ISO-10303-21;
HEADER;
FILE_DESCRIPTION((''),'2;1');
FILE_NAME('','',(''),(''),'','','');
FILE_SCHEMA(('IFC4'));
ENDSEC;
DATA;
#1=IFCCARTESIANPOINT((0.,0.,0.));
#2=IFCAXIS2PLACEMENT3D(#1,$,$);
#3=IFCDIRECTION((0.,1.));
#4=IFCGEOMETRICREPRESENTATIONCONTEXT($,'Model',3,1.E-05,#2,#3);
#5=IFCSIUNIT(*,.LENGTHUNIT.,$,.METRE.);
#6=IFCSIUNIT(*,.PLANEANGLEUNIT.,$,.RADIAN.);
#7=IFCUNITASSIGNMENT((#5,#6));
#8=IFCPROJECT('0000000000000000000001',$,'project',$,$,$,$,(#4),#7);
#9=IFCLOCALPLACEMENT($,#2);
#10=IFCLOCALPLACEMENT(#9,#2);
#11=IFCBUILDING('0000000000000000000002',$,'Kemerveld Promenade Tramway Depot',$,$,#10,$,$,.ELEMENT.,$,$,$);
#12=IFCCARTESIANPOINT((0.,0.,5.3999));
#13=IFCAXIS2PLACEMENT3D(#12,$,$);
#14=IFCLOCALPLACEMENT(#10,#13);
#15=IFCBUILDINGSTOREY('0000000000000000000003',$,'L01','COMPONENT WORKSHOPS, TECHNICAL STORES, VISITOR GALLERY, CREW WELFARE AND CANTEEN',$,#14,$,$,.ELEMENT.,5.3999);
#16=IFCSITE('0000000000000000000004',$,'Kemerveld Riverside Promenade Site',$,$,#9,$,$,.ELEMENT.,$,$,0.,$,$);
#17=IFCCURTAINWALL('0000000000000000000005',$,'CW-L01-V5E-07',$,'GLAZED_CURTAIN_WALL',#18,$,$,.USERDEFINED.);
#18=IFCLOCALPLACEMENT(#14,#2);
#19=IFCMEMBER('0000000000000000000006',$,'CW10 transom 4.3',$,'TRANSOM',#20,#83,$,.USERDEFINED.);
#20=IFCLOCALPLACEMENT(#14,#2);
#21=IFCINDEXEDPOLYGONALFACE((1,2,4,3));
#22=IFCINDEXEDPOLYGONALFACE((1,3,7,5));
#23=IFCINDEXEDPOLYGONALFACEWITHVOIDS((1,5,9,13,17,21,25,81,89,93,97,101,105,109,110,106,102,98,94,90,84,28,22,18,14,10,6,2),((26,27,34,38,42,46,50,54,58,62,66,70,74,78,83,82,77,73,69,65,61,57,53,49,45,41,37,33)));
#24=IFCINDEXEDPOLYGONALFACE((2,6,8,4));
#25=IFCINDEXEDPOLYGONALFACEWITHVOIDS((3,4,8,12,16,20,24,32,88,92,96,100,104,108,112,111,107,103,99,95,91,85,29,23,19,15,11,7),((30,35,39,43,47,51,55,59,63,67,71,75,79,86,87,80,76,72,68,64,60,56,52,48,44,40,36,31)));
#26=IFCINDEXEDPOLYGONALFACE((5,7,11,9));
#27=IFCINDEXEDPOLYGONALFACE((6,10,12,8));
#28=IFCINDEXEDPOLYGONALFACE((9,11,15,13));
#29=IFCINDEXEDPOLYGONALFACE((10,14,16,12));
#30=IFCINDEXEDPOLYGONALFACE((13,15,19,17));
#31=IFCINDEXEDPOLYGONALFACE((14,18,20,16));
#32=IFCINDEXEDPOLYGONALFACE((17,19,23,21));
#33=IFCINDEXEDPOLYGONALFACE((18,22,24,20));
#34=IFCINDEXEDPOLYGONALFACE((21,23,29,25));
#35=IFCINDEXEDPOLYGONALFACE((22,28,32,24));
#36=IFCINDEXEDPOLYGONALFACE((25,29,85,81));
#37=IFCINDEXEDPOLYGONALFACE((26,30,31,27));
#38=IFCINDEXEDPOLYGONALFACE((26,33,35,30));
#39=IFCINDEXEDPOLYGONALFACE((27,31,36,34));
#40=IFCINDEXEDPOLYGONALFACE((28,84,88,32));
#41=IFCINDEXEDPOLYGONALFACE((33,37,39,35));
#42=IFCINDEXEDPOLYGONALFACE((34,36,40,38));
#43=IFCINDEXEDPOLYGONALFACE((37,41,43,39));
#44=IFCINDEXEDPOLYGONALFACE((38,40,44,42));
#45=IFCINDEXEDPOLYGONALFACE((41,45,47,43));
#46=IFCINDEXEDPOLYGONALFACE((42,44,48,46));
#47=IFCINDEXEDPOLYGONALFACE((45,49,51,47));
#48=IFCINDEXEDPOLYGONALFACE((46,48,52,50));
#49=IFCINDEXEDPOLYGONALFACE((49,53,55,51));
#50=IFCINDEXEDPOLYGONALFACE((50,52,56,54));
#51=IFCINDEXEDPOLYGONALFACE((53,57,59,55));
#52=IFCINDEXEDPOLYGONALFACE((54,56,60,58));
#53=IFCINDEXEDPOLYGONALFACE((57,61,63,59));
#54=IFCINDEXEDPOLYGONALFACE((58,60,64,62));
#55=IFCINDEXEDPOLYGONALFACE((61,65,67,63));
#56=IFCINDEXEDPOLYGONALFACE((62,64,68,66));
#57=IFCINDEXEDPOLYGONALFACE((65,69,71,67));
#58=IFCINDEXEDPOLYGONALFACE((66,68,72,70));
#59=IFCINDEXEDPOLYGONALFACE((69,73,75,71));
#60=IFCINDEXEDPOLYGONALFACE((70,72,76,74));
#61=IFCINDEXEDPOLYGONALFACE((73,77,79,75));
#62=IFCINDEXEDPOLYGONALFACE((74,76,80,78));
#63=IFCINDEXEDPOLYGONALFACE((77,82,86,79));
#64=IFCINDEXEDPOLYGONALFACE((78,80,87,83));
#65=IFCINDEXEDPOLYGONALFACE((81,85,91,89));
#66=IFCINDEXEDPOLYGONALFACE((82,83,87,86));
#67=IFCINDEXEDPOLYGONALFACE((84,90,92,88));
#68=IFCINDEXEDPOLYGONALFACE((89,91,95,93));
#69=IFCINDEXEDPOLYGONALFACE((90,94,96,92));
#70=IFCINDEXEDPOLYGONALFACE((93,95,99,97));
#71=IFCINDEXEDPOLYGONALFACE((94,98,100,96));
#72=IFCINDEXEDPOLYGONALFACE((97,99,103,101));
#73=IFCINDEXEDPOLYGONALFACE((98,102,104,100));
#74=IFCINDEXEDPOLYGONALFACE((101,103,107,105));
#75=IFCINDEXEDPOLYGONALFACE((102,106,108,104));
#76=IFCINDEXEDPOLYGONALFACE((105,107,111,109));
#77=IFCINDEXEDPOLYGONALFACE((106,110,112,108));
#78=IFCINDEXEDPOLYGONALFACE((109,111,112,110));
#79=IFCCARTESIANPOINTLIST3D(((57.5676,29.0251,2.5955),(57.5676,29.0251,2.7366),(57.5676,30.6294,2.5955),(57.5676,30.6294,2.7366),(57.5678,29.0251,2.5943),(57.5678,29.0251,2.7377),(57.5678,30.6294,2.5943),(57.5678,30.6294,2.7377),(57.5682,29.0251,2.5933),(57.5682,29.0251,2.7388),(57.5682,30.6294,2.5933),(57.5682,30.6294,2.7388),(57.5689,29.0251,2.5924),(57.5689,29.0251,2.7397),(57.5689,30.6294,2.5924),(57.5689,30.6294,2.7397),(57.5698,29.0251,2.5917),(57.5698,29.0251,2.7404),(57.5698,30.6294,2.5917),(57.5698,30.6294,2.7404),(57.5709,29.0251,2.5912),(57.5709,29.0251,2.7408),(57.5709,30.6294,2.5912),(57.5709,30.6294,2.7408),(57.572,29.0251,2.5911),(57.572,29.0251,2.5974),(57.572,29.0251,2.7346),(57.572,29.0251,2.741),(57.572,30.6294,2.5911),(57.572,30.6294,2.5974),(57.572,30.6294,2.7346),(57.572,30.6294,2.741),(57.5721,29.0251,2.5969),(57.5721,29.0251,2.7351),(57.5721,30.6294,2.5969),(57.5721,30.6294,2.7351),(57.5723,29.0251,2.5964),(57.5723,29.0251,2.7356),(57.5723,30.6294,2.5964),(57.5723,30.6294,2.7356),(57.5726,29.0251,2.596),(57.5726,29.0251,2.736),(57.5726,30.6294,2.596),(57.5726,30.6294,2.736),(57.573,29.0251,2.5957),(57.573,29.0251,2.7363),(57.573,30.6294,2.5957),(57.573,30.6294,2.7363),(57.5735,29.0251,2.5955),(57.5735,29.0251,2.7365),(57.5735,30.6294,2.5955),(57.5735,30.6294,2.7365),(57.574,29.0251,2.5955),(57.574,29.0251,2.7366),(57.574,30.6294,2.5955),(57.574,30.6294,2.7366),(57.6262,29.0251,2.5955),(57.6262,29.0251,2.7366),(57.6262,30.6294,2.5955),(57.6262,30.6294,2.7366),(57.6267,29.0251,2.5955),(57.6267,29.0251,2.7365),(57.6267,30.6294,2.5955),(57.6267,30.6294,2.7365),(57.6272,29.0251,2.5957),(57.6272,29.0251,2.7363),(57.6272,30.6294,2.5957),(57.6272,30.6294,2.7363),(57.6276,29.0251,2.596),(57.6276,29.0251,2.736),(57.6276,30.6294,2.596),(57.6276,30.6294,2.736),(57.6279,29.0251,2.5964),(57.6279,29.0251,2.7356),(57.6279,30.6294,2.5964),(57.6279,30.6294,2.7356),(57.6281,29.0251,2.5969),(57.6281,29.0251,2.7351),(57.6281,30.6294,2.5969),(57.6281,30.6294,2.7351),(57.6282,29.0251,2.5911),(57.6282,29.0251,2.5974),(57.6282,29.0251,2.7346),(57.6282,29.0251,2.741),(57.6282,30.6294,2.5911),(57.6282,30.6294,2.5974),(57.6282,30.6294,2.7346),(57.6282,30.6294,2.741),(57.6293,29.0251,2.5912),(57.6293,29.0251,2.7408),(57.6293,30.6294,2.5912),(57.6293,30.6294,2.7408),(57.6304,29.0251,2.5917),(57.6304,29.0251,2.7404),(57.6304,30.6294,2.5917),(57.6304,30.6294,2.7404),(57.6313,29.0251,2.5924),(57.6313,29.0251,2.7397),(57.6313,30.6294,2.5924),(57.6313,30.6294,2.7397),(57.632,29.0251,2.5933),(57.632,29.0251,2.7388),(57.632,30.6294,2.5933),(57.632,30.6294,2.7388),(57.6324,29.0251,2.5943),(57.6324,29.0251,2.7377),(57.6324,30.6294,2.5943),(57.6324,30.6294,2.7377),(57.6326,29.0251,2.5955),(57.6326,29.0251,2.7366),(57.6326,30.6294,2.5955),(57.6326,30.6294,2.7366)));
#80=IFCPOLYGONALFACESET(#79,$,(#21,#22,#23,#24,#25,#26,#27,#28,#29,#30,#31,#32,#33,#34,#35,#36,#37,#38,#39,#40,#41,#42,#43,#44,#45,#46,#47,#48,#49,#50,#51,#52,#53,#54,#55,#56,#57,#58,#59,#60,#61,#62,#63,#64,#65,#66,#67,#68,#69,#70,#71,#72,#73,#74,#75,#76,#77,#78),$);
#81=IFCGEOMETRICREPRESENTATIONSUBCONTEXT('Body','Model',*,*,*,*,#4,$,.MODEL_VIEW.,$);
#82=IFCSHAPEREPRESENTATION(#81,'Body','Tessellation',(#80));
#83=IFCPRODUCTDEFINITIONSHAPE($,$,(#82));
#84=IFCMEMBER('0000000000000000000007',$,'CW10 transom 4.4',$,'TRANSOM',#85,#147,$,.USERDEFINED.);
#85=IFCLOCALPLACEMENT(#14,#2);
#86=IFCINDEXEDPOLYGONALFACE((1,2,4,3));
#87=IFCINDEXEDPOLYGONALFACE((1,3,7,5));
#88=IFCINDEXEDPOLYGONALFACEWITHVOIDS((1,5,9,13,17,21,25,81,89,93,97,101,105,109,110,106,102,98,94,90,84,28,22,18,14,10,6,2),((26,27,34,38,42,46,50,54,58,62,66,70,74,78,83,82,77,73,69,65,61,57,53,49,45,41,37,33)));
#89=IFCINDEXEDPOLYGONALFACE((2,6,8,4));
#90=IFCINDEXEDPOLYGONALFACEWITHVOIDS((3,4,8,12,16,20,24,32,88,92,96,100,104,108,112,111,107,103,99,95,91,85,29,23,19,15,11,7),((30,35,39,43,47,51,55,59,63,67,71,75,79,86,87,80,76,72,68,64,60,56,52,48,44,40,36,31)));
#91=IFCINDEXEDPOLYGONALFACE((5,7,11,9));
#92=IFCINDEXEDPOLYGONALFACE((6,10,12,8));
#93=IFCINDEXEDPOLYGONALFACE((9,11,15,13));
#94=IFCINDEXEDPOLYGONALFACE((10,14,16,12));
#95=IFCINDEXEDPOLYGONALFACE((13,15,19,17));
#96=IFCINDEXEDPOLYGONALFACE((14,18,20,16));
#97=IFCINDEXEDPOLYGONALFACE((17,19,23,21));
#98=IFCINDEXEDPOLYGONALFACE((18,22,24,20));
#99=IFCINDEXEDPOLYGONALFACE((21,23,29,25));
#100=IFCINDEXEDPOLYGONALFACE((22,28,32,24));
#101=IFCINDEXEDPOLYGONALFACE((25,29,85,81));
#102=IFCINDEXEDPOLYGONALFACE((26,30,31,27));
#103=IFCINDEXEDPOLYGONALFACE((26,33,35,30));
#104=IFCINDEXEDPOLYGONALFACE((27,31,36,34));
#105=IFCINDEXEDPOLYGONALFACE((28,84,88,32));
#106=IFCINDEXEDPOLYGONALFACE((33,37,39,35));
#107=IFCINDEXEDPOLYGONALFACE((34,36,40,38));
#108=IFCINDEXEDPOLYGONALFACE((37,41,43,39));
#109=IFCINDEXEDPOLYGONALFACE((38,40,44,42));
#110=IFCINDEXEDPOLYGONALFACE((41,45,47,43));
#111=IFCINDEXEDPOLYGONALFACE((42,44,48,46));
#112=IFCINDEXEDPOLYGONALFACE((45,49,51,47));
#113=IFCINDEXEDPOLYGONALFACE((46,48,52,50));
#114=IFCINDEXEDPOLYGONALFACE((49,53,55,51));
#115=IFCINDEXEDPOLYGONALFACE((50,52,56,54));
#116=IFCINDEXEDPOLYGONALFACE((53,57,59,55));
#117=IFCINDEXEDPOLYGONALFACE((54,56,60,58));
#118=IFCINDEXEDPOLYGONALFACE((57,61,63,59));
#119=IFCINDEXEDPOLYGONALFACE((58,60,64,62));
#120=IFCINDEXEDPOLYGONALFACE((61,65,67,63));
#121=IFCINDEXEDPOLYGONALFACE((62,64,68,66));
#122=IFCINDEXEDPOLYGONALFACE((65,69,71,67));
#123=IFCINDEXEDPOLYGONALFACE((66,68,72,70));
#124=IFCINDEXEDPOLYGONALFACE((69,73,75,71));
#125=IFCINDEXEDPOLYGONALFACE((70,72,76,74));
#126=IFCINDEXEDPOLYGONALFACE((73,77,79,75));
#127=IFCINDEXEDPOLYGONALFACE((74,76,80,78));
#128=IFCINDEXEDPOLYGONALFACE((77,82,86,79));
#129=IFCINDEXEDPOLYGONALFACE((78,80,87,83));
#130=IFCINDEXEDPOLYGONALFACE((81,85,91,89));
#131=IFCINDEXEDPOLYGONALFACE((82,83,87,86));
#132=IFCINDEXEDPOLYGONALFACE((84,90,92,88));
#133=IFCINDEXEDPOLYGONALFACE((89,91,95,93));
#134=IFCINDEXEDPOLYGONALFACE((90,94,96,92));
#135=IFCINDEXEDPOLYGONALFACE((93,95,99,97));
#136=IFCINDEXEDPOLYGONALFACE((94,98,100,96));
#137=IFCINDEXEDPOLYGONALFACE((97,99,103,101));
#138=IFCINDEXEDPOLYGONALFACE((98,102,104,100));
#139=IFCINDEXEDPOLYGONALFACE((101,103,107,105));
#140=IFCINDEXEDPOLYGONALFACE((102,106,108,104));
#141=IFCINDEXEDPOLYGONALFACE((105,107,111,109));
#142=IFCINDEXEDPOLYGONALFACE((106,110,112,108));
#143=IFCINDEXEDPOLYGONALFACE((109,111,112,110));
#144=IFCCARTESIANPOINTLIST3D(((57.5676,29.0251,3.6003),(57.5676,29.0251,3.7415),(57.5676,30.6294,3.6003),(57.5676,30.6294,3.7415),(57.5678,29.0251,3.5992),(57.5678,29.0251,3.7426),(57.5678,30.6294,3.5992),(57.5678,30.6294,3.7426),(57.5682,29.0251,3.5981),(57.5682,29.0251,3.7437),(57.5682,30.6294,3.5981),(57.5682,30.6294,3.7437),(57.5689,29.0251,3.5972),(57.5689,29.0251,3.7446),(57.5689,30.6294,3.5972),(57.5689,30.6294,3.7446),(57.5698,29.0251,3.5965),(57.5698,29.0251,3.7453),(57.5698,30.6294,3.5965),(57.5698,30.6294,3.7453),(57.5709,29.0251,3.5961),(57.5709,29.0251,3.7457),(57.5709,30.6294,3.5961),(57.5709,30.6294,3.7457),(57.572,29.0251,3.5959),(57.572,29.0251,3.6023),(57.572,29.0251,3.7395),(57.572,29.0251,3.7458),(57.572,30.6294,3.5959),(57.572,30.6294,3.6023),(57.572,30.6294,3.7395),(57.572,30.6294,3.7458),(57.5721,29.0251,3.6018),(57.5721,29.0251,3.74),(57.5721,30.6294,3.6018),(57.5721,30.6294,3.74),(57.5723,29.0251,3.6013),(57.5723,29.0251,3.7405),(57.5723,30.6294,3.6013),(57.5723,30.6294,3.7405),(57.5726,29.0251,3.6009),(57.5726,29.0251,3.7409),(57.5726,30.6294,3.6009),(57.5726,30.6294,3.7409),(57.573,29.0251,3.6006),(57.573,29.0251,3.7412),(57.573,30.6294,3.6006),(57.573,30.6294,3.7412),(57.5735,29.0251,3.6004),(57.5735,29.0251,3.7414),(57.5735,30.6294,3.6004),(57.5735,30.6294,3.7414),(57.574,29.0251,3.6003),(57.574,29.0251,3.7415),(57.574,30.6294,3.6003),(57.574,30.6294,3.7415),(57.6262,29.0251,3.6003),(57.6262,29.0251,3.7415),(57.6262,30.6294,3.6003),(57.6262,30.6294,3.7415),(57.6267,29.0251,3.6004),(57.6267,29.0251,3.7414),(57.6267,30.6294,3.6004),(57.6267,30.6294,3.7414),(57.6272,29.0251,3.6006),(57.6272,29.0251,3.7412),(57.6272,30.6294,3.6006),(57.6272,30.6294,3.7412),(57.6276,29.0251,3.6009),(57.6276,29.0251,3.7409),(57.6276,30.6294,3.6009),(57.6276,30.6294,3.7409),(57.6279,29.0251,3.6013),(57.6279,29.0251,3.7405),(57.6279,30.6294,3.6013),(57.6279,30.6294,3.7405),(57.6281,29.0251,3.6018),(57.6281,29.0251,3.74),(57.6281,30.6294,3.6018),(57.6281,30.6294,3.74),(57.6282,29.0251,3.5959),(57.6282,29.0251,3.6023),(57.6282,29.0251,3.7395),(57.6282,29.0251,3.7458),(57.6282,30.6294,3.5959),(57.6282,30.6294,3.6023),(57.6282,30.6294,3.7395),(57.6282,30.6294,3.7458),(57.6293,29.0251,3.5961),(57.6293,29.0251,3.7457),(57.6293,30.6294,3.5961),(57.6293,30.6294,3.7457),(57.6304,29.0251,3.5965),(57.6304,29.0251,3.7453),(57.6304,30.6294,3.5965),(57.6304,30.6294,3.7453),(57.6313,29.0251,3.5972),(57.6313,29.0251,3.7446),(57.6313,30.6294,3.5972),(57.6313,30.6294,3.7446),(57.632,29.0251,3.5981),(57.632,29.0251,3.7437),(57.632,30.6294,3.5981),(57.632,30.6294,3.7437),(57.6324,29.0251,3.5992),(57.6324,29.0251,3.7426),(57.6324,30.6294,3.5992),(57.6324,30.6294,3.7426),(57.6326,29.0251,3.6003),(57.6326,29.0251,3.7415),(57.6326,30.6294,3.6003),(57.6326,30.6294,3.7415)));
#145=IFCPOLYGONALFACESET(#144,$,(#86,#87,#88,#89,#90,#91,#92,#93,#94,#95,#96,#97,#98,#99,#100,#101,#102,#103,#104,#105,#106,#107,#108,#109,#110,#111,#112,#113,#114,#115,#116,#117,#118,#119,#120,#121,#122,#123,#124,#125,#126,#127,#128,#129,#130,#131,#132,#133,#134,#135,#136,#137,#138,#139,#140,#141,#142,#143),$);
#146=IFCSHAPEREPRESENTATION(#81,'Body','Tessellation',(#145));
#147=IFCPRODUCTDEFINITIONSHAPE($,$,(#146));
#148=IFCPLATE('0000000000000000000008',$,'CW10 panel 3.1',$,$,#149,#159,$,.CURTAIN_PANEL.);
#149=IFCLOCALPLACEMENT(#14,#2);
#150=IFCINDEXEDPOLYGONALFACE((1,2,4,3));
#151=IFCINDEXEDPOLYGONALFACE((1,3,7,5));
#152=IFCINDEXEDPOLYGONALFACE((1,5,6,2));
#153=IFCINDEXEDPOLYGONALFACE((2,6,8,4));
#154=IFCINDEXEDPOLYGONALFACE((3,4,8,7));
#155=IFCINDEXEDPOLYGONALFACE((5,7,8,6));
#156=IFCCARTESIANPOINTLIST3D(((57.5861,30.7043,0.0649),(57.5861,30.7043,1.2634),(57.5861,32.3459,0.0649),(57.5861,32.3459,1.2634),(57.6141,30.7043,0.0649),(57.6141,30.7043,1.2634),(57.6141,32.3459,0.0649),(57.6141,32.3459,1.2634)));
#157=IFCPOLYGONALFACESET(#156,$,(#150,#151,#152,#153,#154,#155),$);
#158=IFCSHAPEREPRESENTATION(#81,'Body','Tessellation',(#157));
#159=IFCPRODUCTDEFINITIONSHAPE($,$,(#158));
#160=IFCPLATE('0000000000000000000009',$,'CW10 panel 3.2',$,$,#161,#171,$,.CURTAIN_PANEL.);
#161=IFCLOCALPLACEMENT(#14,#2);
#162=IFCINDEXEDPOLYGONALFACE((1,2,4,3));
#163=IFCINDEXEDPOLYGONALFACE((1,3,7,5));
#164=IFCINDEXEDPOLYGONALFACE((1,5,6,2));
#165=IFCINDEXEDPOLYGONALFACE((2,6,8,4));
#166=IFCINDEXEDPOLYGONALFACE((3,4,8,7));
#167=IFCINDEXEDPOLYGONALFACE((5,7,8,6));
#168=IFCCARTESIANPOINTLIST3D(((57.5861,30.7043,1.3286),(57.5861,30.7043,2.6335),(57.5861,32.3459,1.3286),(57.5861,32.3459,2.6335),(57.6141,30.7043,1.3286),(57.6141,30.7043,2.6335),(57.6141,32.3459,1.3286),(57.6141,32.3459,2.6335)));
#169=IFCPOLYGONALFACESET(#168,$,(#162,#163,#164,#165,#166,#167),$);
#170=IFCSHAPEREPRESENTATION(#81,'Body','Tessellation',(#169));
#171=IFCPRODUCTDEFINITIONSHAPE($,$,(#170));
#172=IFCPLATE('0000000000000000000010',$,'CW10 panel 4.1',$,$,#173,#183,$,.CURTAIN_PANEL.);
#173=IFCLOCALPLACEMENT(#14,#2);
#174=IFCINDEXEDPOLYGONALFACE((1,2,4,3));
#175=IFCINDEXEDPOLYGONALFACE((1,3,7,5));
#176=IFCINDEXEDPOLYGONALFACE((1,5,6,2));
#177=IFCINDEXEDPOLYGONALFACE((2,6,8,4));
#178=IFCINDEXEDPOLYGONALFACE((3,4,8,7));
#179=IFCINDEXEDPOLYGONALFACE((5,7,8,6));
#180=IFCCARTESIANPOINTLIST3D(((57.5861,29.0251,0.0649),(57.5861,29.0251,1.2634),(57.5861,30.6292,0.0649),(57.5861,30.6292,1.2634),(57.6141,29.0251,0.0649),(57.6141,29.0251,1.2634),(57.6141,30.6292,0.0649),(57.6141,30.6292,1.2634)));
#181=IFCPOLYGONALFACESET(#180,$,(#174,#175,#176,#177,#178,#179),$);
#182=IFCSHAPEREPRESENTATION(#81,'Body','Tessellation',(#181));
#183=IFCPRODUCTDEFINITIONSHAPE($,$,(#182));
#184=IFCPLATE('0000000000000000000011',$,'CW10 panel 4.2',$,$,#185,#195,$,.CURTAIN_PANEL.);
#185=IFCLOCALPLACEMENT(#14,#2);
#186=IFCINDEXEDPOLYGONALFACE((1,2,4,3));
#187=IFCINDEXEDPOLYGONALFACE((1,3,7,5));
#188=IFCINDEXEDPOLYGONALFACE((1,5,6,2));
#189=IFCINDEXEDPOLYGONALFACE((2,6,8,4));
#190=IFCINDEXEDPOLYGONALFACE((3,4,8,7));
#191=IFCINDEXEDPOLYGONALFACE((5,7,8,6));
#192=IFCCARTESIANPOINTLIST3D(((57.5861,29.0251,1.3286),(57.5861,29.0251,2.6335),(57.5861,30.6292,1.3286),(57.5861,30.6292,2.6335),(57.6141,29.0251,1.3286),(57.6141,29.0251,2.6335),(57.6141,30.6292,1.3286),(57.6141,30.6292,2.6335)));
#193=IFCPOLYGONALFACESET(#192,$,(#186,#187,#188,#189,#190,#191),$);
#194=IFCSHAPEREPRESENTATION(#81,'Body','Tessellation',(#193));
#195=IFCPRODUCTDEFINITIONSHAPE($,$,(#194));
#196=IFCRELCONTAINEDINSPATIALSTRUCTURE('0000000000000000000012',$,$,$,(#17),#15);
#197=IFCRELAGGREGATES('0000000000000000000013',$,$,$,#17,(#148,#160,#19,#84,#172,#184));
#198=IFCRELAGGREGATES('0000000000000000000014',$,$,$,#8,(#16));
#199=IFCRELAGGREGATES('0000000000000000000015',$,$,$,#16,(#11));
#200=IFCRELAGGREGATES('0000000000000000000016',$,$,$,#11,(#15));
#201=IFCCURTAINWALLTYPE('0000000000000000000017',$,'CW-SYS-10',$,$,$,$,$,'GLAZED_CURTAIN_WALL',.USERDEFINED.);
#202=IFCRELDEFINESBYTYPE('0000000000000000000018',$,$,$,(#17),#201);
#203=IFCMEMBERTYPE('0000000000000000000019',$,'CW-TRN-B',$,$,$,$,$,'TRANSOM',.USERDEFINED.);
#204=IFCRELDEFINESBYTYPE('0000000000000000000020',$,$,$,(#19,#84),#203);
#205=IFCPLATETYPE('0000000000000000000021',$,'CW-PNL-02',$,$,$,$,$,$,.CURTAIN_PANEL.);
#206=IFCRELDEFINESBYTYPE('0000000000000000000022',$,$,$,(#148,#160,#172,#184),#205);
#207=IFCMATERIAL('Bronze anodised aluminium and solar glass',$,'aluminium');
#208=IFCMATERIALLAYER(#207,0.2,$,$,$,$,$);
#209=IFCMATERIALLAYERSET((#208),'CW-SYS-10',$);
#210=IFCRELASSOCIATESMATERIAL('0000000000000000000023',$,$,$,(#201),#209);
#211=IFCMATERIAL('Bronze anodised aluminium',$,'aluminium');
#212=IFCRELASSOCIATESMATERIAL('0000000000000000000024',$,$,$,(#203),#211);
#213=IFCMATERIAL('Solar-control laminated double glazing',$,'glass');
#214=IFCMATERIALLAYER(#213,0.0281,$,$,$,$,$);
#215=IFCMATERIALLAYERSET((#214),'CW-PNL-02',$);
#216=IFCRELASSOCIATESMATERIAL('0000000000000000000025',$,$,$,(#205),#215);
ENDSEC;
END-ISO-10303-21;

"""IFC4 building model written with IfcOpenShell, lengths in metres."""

from ifc_helpers import new_model, si_unit, direction, frame, origin, origin_2d, place, context, subcontext, project, spatial, rectangle, hollow_rectangle, extrude, material, layer, layer_set, material_profile, profile_set, type_object, element, aggregate, save


model = new_model("IFC4")

# Units and contexts
model_context = context("Model", 3, precision=1e-05, world=origin(), true_north=direction((0.0, 1.0)))
body_context = subcontext(model_context, "Body", "Model", "MODEL_VIEW")
ifc_project = project(units=[si_unit("LENGTHUNIT", "METRE"), si_unit("PLANEANGLEUNIT", "RADIAN")], contexts=[model_context])

# Site, building, storey
site_placement = place(None, origin())
site = spatial("IfcSite", under=ifc_project, at=site_placement, Name="Kemerveld Riverside Promenade Site", CompositionType="ELEMENT", RefElevation=0.0)
building_placement = place(site_placement, origin())
building = spatial("IfcBuilding", under=site, at=building_placement, Name="Kemerveld Promenade Tramway Depot", CompositionType="ELEMENT")
storey_placement = place(building_placement, frame((0.0, 0.0, 5.3999)))
storey = spatial("IfcBuildingStorey", under=building, at=storey_placement, Name="L01", Description="COMPONENT WORKSHOPS, TECHNICAL STORES, VISITOR GALLERY, CREW WELFARE AND CANTEEN", CompositionType="ELEMENT", Elevation=5.3999)

# Curtain wall, members, plates
ifc_material_1 = material(Name="Bronze anodised aluminium and solar glass", Category="aluminium")
ifc_layer_1 = layer(ifc_material_1, 0.2)
ifc_layer_set_1 = layer_set([ifc_layer_1], Name="CW-SYS-10")
curtain_wall_type = type_object("IfcCurtainWallType", Name="CW-SYS-10", ElementType="GLAZED_CURTAIN_WALL", PredefinedType="USERDEFINED", material=ifc_layer_set_1)
curtain_wall_placement = place(storey_placement, origin())
curtain_wall = element("IfcCurtainWall", 1, at=curtain_wall_placement, inside=storey, type_object=curtain_wall_type, Name="CW-L01-V5E-07", ObjectType="GLAZED_CURTAIN_WALL", PredefinedType="USERDEFINED")
ifc_material_2 = material(Name="Bronze anodised aluminium", Category="aluminium")
ifc_material_profile_1 = material_profile(ifc_material_2, hollow_rectangle(XDim=0.0649, YDim=0.1499, WallThickness=0.0044, InnerFilletRadius=0.002, OuterFilletRadius=0.0044, at=origin_2d()), Name="CW-TRN-150x65")
ifc_profile_set_1 = profile_set([ifc_material_profile_1], Name="Bronze anodised aluminium")
member_type_1 = type_object("IfcMemberType", Name="CW-TRN-B", ElementType="TRANSOM", PredefinedType="USERDEFINED", material=ifc_profile_set_1)
member_1_placement = place(storey_placement, frame((57.6001, 30.6294, 2.666), z_axis=(0.0, -1.0, 0.0), x_axis=(1.0, 0.0, 0.0)))
member_1 = element("IfcMember", 2, at=member_1_placement, type_object=member_type_1, Name="CW10 transom 4.3", ObjectType="TRANSOM", PredefinedType="USERDEFINED", context=body_context, shape_type="SweptSolid", body=[
    extrude(hollow_rectangle(XDim=0.0649, YDim=0.1499, WallThickness=0.0044, InnerFilletRadius=0.002, OuterFilletRadius=0.0044, at=origin_2d()), origin(), (0.0, 0.0, 1.0), 1.6042),
])
member_2_placement = place(storey_placement, frame((57.6001, 30.6294, 3.6709), z_axis=(0.0, -1.0, 0.0), x_axis=(1.0, 0.0, 0.0)))
member_2 = element("IfcMember", 3, at=member_2_placement, type_object=member_type_1, Name="CW10 transom 4.4", ObjectType="TRANSOM", PredefinedType="USERDEFINED", context=body_context, shape_type="SweptSolid", body=[
    extrude(hollow_rectangle(XDim=0.0649, YDim=0.1499, WallThickness=0.0044, InnerFilletRadius=0.002, OuterFilletRadius=0.0044, at=origin_2d()), origin(), (0.0, 0.0, 1.0), 1.6042),
])
ifc_material_3 = material(Name="Solar-control laminated double glazing", Category="glass")
ifc_layer_2 = layer(ifc_material_3, 0.0281)
ifc_layer_set_2 = layer_set([ifc_layer_2], Name="CW-PNL-02")
plate_type = type_object("IfcPlateType", Name="CW-PNL-02", PredefinedType="CURTAIN_PANEL", material=ifc_layer_set_2)
plate_1_placement = place(storey_placement, frame((57.6001, 31.5251, 0.0649), z_axis=(0.0, 0.0, 1.0), x_axis=(0.0, -1.0, 0.0)))
plate_1 = element("IfcPlate", 4, at=plate_1_placement, type_object=plate_type, Name="CW10 panel 3.1", PredefinedType="CURTAIN_PANEL", context=body_context, shape_type="SweptSolid", body=[
    extrude(rectangle(XDim=1.6416, YDim=0.0281, at=origin_2d()), origin(), (0.0, 0.0, 1.0), 1.1985),
])
plate_2_placement = place(storey_placement, frame((57.6001, 31.5251, 1.3286), z_axis=(0.0, 0.0, 1.0), x_axis=(0.0, -1.0, 0.0)))
plate_2 = element("IfcPlate", 5, at=plate_2_placement, type_object=plate_type, Name="CW10 panel 3.2", PredefinedType="CURTAIN_PANEL", context=body_context, shape_type="SweptSolid", body=[
    extrude(rectangle(XDim=1.6416, YDim=0.0281, at=origin_2d()), origin(), (0.0, 0.0, 1.0), 1.3049),
])
plate_3_placement = place(storey_placement, frame((57.6001, 29.8271, 0.0649), z_axis=(0.0, 0.0, 1.0), x_axis=(0.0, -1.0, 0.0)))
plate_3 = element("IfcPlate", 6, at=plate_3_placement, type_object=plate_type, Name="CW10 panel 4.1", PredefinedType="CURTAIN_PANEL", context=body_context, shape_type="SweptSolid", body=[
    extrude(rectangle(XDim=1.604, YDim=0.0281, at=origin_2d()), origin(), (0.0, 0.0, 1.0), 1.1985),
])
plate_4_placement = place(storey_placement, frame((57.6001, 29.8271, 1.3286), z_axis=(0.0, 0.0, 1.0), x_axis=(0.0, -1.0, 0.0)))
plate_4 = element("IfcPlate", 7, at=plate_4_placement, type_object=plate_type, Name="CW10 panel 4.2", PredefinedType="CURTAIN_PANEL", context=body_context, shape_type="SweptSolid", body=[
    extrude(rectangle(XDim=1.604, YDim=0.0281, at=origin_2d()), origin(), (0.0, 0.0, 1.0), 1.3049),
])
aggregate(curtain_wall, [plate_1, plate_2, member_1, member_2, plate_3, plate_4])

save(model, "model.ifc")
